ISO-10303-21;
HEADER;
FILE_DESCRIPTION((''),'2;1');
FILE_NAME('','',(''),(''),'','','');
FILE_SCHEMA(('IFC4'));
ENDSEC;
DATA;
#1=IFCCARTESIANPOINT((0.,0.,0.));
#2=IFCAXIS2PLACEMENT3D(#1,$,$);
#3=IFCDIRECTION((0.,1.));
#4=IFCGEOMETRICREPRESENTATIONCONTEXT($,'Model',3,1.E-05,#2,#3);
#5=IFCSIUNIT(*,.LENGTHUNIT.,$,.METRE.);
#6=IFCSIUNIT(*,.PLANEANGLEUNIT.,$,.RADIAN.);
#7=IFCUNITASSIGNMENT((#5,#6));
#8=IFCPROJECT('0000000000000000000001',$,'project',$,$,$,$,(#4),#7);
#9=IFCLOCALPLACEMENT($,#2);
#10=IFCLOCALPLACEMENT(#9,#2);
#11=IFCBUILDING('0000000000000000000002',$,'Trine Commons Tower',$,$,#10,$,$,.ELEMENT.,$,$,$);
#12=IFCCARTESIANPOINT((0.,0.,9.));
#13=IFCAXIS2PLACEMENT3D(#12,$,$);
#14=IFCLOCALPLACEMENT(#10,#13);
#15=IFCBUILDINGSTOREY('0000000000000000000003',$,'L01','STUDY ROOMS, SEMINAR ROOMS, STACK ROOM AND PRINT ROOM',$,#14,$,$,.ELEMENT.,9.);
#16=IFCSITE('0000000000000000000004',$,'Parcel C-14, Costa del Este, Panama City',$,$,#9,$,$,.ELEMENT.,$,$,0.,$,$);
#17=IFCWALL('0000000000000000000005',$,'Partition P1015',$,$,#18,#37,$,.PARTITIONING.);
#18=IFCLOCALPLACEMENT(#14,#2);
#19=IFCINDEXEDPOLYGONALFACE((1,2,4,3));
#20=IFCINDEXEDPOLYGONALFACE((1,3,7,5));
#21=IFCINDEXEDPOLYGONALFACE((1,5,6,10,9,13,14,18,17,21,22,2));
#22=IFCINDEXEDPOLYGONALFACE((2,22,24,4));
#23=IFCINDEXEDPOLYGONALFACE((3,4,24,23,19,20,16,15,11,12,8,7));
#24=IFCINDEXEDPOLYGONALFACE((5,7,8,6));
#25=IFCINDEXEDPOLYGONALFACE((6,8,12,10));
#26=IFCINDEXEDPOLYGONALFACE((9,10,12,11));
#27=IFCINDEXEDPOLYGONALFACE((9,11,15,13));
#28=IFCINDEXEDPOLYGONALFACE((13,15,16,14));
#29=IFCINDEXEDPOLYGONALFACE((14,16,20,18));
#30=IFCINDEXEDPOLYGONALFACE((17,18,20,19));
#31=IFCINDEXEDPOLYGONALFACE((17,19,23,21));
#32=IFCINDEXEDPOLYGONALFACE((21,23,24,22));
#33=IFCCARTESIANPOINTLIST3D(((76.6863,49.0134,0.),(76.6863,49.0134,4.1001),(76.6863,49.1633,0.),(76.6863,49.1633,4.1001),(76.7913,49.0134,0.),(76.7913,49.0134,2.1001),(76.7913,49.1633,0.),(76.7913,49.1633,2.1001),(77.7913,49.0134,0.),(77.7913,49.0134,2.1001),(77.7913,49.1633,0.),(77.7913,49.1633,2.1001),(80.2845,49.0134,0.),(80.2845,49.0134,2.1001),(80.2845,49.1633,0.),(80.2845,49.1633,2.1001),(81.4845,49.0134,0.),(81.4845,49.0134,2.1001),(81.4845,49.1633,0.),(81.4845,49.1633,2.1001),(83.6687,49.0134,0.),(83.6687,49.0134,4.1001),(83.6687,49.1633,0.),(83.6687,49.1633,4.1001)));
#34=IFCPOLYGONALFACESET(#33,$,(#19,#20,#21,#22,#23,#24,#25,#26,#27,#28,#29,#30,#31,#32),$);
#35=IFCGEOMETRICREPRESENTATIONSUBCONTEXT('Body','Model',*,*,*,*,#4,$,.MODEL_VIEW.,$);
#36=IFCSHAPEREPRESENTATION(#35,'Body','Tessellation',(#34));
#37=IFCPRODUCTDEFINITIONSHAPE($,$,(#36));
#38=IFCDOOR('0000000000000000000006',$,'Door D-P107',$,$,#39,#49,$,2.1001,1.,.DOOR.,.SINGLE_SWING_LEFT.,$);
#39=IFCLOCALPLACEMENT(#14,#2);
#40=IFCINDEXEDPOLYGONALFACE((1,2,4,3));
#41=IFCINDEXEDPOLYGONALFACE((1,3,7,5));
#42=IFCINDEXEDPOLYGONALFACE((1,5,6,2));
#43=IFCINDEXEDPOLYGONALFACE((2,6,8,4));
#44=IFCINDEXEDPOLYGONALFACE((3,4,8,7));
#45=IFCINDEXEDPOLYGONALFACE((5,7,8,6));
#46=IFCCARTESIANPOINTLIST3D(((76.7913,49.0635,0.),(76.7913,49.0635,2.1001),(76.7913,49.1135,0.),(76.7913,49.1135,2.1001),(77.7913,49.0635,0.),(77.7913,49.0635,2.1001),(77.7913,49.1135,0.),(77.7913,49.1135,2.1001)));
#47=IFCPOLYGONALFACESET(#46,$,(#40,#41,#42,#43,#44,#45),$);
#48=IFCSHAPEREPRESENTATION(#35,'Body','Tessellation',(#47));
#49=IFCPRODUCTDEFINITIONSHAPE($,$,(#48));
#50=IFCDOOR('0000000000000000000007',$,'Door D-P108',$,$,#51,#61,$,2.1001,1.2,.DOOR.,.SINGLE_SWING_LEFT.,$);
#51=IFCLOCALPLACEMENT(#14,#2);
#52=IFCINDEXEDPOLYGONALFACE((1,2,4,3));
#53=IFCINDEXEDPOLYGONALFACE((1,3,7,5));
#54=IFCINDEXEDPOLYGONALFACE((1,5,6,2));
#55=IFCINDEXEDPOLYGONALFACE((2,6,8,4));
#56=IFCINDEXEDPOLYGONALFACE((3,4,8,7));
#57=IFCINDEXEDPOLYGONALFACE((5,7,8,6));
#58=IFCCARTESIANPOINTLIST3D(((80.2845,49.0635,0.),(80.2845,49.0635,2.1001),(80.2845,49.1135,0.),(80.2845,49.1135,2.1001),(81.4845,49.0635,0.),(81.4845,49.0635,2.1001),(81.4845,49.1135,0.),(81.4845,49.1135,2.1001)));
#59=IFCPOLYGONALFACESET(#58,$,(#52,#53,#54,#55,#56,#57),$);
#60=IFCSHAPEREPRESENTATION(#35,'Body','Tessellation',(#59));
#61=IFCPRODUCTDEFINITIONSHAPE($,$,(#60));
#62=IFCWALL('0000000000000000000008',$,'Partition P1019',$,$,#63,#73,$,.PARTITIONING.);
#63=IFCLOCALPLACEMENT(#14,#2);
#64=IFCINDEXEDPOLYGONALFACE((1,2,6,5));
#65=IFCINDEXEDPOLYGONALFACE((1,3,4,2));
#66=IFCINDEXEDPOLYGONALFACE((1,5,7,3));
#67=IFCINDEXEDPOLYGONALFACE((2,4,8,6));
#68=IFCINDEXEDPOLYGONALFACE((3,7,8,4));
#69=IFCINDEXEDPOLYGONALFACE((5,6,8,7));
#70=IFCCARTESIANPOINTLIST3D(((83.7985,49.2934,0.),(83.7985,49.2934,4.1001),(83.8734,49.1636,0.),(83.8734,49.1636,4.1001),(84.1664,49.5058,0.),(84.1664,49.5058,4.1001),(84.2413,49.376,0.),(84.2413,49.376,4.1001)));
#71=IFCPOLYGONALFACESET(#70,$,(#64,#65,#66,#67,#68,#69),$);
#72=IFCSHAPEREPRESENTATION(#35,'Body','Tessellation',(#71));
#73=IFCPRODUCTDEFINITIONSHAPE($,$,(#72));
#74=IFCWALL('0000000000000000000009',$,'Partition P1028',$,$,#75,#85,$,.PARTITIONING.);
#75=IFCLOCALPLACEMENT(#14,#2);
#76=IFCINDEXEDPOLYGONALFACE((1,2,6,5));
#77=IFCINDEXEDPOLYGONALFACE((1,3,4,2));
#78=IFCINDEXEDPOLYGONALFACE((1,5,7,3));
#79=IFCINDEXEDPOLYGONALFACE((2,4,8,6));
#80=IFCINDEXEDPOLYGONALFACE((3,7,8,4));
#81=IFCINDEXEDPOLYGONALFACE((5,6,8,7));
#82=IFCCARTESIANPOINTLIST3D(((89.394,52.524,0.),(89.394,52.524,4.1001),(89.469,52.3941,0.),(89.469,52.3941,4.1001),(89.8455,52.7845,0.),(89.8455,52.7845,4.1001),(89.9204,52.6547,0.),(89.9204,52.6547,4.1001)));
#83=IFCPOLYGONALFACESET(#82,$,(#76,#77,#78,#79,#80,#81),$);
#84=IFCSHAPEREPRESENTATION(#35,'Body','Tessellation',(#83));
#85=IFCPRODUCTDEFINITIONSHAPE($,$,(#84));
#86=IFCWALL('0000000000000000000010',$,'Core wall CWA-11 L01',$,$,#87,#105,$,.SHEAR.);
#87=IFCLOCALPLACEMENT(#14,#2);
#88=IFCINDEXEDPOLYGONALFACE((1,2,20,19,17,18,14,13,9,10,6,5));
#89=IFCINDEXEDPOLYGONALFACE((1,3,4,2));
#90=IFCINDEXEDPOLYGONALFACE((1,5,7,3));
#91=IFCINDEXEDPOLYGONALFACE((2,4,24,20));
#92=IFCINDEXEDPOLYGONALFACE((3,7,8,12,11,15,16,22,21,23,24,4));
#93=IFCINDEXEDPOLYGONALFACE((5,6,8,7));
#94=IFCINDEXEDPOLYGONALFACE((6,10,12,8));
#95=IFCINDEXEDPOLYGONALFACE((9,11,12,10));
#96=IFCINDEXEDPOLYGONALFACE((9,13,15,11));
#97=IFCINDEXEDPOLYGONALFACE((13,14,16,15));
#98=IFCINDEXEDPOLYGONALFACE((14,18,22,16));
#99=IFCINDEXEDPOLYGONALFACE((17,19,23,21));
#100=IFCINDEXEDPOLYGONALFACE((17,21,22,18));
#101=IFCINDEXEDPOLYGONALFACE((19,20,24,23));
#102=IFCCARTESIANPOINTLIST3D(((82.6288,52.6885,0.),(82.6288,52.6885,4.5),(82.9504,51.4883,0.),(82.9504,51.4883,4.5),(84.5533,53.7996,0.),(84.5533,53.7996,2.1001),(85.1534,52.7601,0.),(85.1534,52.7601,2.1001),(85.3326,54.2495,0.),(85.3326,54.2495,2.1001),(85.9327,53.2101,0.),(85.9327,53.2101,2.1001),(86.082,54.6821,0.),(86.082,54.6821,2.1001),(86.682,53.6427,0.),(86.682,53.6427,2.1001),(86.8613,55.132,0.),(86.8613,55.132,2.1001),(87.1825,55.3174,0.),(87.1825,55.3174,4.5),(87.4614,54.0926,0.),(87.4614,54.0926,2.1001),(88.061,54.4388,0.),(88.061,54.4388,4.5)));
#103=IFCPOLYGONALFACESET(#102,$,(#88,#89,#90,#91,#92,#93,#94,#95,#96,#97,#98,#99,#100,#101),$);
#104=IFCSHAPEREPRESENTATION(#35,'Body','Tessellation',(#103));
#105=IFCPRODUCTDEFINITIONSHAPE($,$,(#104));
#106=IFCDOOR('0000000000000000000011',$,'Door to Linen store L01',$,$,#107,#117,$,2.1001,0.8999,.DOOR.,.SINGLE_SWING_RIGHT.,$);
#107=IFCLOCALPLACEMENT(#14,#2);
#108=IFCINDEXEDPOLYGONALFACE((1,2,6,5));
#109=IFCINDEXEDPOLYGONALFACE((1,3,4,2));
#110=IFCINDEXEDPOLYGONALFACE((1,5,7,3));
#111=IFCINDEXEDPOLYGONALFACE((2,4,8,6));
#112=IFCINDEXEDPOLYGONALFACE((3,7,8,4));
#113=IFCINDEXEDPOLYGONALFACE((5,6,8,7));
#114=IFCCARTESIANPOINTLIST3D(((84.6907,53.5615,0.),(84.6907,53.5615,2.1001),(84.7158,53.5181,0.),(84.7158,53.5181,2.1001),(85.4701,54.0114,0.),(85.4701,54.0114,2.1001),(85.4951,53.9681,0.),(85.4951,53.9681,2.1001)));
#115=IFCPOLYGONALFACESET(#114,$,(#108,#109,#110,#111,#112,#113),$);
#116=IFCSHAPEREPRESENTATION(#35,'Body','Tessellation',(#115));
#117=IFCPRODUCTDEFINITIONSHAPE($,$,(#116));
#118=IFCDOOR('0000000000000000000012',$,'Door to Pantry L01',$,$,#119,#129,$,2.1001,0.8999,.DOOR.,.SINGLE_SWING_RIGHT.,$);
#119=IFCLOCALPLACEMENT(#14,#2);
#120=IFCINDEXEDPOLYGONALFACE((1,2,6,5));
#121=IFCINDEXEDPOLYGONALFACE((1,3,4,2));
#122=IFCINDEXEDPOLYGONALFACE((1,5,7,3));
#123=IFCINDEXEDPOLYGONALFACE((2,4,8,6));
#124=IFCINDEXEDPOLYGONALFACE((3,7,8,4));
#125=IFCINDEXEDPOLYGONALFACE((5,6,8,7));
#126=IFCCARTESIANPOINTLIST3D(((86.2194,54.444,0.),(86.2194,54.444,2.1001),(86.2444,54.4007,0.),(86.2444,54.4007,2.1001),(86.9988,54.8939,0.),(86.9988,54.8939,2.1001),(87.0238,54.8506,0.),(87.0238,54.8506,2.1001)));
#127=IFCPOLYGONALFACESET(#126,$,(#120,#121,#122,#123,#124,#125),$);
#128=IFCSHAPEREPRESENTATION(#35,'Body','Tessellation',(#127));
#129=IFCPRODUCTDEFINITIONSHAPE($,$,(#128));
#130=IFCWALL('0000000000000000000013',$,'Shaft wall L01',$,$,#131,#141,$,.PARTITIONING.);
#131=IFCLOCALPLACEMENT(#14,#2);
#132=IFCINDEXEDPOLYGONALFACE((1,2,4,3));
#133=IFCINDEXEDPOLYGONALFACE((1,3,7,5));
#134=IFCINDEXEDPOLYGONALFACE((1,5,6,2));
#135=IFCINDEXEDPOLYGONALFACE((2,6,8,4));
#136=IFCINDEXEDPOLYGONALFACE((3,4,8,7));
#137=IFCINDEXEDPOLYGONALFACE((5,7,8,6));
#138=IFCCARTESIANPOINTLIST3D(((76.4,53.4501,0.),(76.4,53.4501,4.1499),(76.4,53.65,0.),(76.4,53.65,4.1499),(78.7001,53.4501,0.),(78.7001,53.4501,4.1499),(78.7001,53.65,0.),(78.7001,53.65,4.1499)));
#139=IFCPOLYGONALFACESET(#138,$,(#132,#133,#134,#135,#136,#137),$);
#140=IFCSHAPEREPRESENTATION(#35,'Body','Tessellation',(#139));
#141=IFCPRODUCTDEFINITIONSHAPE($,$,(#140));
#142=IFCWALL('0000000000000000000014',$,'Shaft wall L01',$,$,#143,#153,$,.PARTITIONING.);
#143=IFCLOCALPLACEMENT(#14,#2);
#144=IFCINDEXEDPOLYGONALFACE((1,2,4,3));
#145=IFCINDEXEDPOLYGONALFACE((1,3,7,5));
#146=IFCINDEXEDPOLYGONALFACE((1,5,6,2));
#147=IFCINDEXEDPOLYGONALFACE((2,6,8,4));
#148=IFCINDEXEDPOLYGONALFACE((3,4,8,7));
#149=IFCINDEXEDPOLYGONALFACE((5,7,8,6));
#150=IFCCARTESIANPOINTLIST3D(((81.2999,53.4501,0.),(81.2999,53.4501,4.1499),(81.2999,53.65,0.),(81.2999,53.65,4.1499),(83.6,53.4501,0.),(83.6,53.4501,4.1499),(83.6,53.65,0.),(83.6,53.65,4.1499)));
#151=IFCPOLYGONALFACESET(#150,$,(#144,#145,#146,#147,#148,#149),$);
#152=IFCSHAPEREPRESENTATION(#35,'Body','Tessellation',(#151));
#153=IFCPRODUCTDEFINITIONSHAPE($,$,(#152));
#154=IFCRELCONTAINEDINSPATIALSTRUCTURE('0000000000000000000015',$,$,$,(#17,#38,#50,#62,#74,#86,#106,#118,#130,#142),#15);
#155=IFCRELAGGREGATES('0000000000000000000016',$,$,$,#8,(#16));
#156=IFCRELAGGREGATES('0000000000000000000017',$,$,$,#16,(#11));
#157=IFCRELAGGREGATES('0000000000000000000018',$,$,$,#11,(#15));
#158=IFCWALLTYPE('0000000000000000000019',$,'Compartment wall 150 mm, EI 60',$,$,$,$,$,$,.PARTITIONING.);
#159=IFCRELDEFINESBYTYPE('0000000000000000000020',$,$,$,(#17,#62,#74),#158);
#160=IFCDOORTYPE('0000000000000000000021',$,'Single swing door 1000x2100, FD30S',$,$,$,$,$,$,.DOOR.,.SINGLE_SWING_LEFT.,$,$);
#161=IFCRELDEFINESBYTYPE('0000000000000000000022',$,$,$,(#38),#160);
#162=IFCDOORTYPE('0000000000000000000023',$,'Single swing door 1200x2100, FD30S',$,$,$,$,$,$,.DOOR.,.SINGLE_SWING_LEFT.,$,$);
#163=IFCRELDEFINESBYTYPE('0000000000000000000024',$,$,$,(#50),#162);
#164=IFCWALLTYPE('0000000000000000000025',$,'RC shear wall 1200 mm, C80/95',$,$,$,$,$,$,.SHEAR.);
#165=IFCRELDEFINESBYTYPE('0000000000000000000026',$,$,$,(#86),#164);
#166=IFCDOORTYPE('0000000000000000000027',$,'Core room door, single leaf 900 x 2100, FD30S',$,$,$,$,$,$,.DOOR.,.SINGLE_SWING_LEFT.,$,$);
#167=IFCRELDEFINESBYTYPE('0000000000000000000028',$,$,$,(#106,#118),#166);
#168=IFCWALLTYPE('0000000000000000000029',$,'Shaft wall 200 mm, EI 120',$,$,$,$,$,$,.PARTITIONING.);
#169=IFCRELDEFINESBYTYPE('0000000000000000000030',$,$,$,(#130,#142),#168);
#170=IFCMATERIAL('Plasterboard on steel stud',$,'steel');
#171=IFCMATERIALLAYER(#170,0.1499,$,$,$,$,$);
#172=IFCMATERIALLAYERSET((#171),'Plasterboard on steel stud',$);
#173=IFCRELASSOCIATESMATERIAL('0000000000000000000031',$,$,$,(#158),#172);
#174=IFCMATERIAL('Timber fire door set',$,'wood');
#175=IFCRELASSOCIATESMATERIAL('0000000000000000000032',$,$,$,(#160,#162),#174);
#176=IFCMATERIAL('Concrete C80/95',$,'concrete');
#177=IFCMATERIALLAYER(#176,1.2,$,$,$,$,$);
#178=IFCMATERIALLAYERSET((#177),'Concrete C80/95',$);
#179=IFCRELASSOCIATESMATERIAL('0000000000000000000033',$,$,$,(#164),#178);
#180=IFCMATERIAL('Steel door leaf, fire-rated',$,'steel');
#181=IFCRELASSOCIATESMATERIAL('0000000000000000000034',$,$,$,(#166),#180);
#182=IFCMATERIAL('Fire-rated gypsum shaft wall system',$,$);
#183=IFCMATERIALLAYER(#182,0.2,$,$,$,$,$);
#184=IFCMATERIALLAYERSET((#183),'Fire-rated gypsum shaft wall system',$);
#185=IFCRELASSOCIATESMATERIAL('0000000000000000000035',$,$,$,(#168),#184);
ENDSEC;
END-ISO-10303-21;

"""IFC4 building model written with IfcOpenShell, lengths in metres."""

from ifc_helpers import new_model, si_unit, direction, frame, frame_2d, origin, place, context, subcontext, project, spatial, polyline, rectangle, outline, extrude, material, layer, layer_set, type_object, element, fill, save


model = new_model("IFC4")

# Units and contexts
model_context = context("Model", 3, precision=1e-05, world=origin(), true_north=direction((0.0, 1.0)))
body_context = subcontext(model_context, "Body", "Model", "MODEL_VIEW")
ifc_project = project(units=[si_unit("LENGTHUNIT", "METRE"), si_unit("PLANEANGLEUNIT", "RADIAN")], contexts=[model_context])

# Site, building, storey
site_placement = place(None, origin())
site = spatial("IfcSite", under=ifc_project, at=site_placement, Name="Parcel C-14, Costa del Este, Panama City", CompositionType="ELEMENT", RefElevation=0.0)
building_placement = place(site_placement, origin())
building = spatial("IfcBuilding", under=site, at=building_placement, Name="Trine Commons Tower", CompositionType="ELEMENT")
storey_placement = place(building_placement, frame((0.0, 0.0, 9.0)))
storey = spatial("IfcBuildingStorey", under=building, at=storey_placement, Name="L01", Description="STUDY ROOMS, SEMINAR ROOMS, STACK ROOM AND PRINT ROOM", CompositionType="ELEMENT", Elevation=9.0)

# Shared definitions
ifc_material_1 = material(Name="Concrete C80/95", Category="concrete")

# Wall, openings, doors
ifc_material_2 = material(Name="Plasterboard on steel stud", Category="steel")
ifc_layer_1 = layer(ifc_material_2, 0.1499)
ifc_layer_set_1 = layer_set([ifc_layer_1], Name="Plasterboard on steel stud")
wall_type_1 = type_object("IfcWallType", Name="Compartment wall 150 mm, EI 60", PredefinedType="PARTITIONING", material=ifc_layer_set_1)
wall_1_placement = place(storey_placement, frame((83.6687, 49.0884, 0.0), z_axis=(0.0, 0.0, 1.0), x_axis=(-1.0, 0.0, 0.0)))
wall_1 = element("IfcWall", 1, at=wall_1_placement, inside=storey, type_object=wall_type_1, Name="Partition P1015", PredefinedType="PARTITIONING", context=body_context, shape_type="SweptSolid", body=[
    extrude(rectangle(XDim=6.9824, YDim=0.1499, at=frame_2d((3.4912, 0.0))), origin(), (0.0, 0.0, 1.0), 4.1001),
])
opening_1_placement = place(wall_1_placement, frame((5.8774, 0.0, 0.0)))
opening_1 = element("IfcOpeningElement", 2, at=opening_1_placement, cuts=wall_1, PredefinedType="OPENING", context=body_context, shape_type="SweptSolid", body=[
    extrude(rectangle(XDim=1.0, YDim=2.1001, at=frame_2d((0.5, 1.05))), frame((0.0, 0.085, 0.0), z_axis=(0.0, -1.0, 0.0), x_axis=(1.0, 0.0, 0.0)), (0.0, 0.0, 1.0), 0.1699),
])
opening_2_placement = place(wall_1_placement, frame((2.1841, 0.0, 0.0)))
opening_2 = element("IfcOpeningElement", 3, at=opening_2_placement, cuts=wall_1, PredefinedType="OPENING", context=body_context, shape_type="SweptSolid", body=[
    extrude(rectangle(XDim=1.2, YDim=2.1001, at=frame_2d((0.6001, 1.05))), frame((0.0, 0.085, 0.0), z_axis=(0.0, -1.0, 0.0), x_axis=(1.0, 0.0, 0.0)), (0.0, 0.0, 1.0), 0.1699),
])
ifc_material_3 = material(Name="Timber fire door set", Category="wood")
door_type_1 = type_object("IfcDoorType", Name="Single swing door 1000x2100, FD30S", OperationType="SINGLE_SWING_LEFT", PredefinedType="DOOR", material=ifc_material_3)
door_1_placement = place(opening_1_placement, origin())
door_1 = element("IfcDoor", 4, at=door_1_placement, inside=storey, type_object=door_type_1, Name="Door D-P107", OperationType="SINGLE_SWING_LEFT", OverallHeight=2.1001, OverallWidth=1.0, PredefinedType="DOOR", context=body_context, shape_type="SweptSolid", body=[
    extrude(rectangle(XDim=1.0, YDim=2.1001, at=frame_2d((0.5, 1.05))), frame((0.0, 0.0249, 0.0), z_axis=(0.0, -1.0, 0.0), x_axis=(1.0, 0.0, 0.0)), (0.0, 0.0, 1.0), 0.05),
])
fill(opening_1, door_1)
door_type_2 = type_object("IfcDoorType", Name="Single swing door 1200x2100, FD30S", OperationType="SINGLE_SWING_LEFT", PredefinedType="DOOR", material=ifc_material_3)
door_2_placement = place(opening_2_placement, origin())
door_2 = element("IfcDoor", 5, at=door_2_placement, inside=storey, type_object=door_type_2, Name="Door D-P108", OperationType="SINGLE_SWING_LEFT", OverallHeight=2.1001, OverallWidth=1.2, PredefinedType="DOOR", context=body_context, shape_type="SweptSolid", body=[
    extrude(rectangle(XDim=1.2, YDim=2.1001, at=frame_2d((0.6001, 1.05))), frame((0.0, 0.0249, 0.0), z_axis=(0.0, -1.0, 0.0), x_axis=(1.0, 0.0, 0.0)), (0.0, 0.0, 1.0), 0.05),
])
fill(opening_2, door_2)

# Walls
wall_2_placement = place(storey_placement, frame((83.8359, 49.2285, 0.0), z_axis=(0.0, 0.0, 1.0), x_axis=(0.866042, 0.499971, 0.0)))
element("IfcWall", 6, at=wall_2_placement, inside=storey, type_object=wall_type_1, Name="Partition P1019", PredefinedType="PARTITIONING", context=body_context, shape_type="SweptSolid", body=[
    extrude(rectangle(XDim=0.4248, YDim=0.1499, at=frame_2d((0.2124, 0.0))), origin(), (0.0, 0.0, 1.0), 4.1001),
])
wall_3_placement = place(storey_placement, frame((89.4314, 52.459, 0.0), z_axis=(0.0, 0.0, 1.0), x_axis=(0.866131, 0.499817, 0.0)))
element("IfcWall", 7, at=wall_3_placement, inside=storey, type_object=wall_type_1, Name="Partition P1028", PredefinedType="PARTITIONING", context=body_context, shape_type="SweptSolid", body=[
    extrude(rectangle(XDim=0.5212, YDim=0.1499, at=frame_2d((0.2607, 0.0))), origin(), (0.0, 0.0, 1.0), 4.1001),
])

# Wall, openings, doors
ifc_layer_2 = layer(ifc_material_1, 1.2)
ifc_layer_set_2 = layer_set([ifc_layer_2], Name="Concrete C80/95")
wall_type_2 = type_object("IfcWallType", Name="RC shear wall 1200 mm, C80/95", PredefinedType="SHEAR", material=ifc_layer_set_2)
wall_4_placement = place(storey_placement, frame((82.6504, 52.0081, 0.0), z_axis=(0.0, 0.0, 1.0), x_axis=(0.866037, 0.499979, 0.0)))
wall_4 = element("IfcWall", 8, at=wall_4_placement, inside=storey, type_object=wall_type_2, Name="Core wall CWA-11 L01", PredefinedType="SHEAR", context=body_context, shape_type="SweptSolid", body=[
    extrude(outline(polyline([(0.0, -0.6001), (5.9011, -0.6001), (5.5796, 0.6001), (0.3215, 0.6001), (0.0, -0.6001)])), origin(), (0.0, 0.0, 1.0), 4.5),
])
opening_3_placement = place(wall_4_placement, frame((2.5437, 0.0, 0.0)))
opening_3 = element("IfcOpeningElement", 9, at=opening_3_placement, cuts=wall_4, PredefinedType="OPENING", context=body_context, shape_type="SweptSolid", body=[
    extrude(rectangle(XDim=0.8999, YDim=2.1001, at=frame_2d((0.45, 1.05))), frame((0.0, 0.6099, 0.0), z_axis=(0.0, -1.0, 0.0), x_axis=(1.0, 0.0, 0.0)), (0.0, 0.0, 1.0), 1.22),
])
opening_4_placement = place(wall_4_placement, frame((4.3088, 0.0, 0.0)))
opening_4 = element("IfcOpeningElement", 10, at=opening_4_placement, cuts=wall_4, PredefinedType="OPENING", context=body_context, shape_type="SweptSolid", body=[
    extrude(rectangle(XDim=0.8999, YDim=2.1001, at=frame_2d((0.45, 1.05))), frame((0.0, 0.6099, 0.0), z_axis=(0.0, -1.0, 0.0), x_axis=(1.0, 0.0, 0.0)), (0.0, 0.0, 1.0), 1.22),
])
ifc_material_4 = material(Name="Steel door leaf, fire-rated", Category="steel")
door_type_3 = type_object("IfcDoorType", Name="Core room door, single leaf 900 x 2100, FD30S", OperationType="SINGLE_SWING_LEFT", PredefinedType="DOOR", material=ifc_material_4)
door_3_placement = place(opening_3_placement, origin())
door_3 = element("IfcDoor", 11, at=door_3_placement, inside=storey, type_object=door_type_3, Name="Door to Linen store L01", OperationType="SINGLE_SWING_RIGHT", OverallHeight=2.1001, OverallWidth=0.8999, PredefinedType="DOOR", context=body_context, shape_type="SweptSolid", body=[
    extrude(rectangle(XDim=0.8999, YDim=2.1001, at=frame_2d((0.45, 1.05))), frame((0.0, 0.3252, 0.0), z_axis=(0.0, -1.0, 0.0), x_axis=(1.0, 0.0, 0.0)), (0.0, 0.0, 1.0), 0.05),
])
fill(opening_3, door_3)
door_4_placement = place(opening_4_placement, origin())
door_4 = element("IfcDoor", 12, at=door_4_placement, inside=storey, type_object=door_type_3, Name="Door to Pantry L01", OperationType="SINGLE_SWING_RIGHT", OverallHeight=2.1001, OverallWidth=0.8999, PredefinedType="DOOR", context=body_context, shape_type="SweptSolid", body=[
    extrude(rectangle(XDim=0.8999, YDim=2.1001, at=frame_2d((0.45, 1.05))), frame((0.0, 0.3252, 0.0), z_axis=(0.0, -1.0, 0.0), x_axis=(1.0, 0.0, 0.0)), (0.0, 0.0, 1.0), 0.05),
])
fill(opening_4, door_4)

# Walls
ifc_material_5 = material(Name="Fire-rated gypsum shaft wall system")
ifc_layer_3 = layer(ifc_material_5, 0.2)
ifc_layer_set_3 = layer_set([ifc_layer_3], Name="Fire-rated gypsum shaft wall system")
wall_type_3 = type_object("IfcWallType", Name="Shaft wall 200 mm, EI 120", PredefinedType="PARTITIONING", material=ifc_layer_set_3)
for number, where, z_axis, x_axis, name in (
    (13, (78.7, 53.55, 0.0), (0.0, 0.0, 1.0), (-1.0, 0.0, 0.0), "Shaft wall L01"),
    (14, (81.3, 53.55, 0.0), (0.0, 0.0, 1.0), (1.0, 0.0, 0.0), "Shaft wall L01"),
):
    element("IfcWall", number, at=place(storey_placement, frame(where, z_axis=z_axis, x_axis=x_axis)), inside=storey, type_object=wall_type_3, Name=name, PredefinedType="PARTITIONING", context=body_context, shape_type="SweptSolid", body=[
        extrude(rectangle(XDim=2.3, YDim=0.2, at=frame_2d((1.1499, 0.0))), origin(), (0.0, 0.0, 1.0), 4.1499),
    ])

save(model, "model.ifc")
